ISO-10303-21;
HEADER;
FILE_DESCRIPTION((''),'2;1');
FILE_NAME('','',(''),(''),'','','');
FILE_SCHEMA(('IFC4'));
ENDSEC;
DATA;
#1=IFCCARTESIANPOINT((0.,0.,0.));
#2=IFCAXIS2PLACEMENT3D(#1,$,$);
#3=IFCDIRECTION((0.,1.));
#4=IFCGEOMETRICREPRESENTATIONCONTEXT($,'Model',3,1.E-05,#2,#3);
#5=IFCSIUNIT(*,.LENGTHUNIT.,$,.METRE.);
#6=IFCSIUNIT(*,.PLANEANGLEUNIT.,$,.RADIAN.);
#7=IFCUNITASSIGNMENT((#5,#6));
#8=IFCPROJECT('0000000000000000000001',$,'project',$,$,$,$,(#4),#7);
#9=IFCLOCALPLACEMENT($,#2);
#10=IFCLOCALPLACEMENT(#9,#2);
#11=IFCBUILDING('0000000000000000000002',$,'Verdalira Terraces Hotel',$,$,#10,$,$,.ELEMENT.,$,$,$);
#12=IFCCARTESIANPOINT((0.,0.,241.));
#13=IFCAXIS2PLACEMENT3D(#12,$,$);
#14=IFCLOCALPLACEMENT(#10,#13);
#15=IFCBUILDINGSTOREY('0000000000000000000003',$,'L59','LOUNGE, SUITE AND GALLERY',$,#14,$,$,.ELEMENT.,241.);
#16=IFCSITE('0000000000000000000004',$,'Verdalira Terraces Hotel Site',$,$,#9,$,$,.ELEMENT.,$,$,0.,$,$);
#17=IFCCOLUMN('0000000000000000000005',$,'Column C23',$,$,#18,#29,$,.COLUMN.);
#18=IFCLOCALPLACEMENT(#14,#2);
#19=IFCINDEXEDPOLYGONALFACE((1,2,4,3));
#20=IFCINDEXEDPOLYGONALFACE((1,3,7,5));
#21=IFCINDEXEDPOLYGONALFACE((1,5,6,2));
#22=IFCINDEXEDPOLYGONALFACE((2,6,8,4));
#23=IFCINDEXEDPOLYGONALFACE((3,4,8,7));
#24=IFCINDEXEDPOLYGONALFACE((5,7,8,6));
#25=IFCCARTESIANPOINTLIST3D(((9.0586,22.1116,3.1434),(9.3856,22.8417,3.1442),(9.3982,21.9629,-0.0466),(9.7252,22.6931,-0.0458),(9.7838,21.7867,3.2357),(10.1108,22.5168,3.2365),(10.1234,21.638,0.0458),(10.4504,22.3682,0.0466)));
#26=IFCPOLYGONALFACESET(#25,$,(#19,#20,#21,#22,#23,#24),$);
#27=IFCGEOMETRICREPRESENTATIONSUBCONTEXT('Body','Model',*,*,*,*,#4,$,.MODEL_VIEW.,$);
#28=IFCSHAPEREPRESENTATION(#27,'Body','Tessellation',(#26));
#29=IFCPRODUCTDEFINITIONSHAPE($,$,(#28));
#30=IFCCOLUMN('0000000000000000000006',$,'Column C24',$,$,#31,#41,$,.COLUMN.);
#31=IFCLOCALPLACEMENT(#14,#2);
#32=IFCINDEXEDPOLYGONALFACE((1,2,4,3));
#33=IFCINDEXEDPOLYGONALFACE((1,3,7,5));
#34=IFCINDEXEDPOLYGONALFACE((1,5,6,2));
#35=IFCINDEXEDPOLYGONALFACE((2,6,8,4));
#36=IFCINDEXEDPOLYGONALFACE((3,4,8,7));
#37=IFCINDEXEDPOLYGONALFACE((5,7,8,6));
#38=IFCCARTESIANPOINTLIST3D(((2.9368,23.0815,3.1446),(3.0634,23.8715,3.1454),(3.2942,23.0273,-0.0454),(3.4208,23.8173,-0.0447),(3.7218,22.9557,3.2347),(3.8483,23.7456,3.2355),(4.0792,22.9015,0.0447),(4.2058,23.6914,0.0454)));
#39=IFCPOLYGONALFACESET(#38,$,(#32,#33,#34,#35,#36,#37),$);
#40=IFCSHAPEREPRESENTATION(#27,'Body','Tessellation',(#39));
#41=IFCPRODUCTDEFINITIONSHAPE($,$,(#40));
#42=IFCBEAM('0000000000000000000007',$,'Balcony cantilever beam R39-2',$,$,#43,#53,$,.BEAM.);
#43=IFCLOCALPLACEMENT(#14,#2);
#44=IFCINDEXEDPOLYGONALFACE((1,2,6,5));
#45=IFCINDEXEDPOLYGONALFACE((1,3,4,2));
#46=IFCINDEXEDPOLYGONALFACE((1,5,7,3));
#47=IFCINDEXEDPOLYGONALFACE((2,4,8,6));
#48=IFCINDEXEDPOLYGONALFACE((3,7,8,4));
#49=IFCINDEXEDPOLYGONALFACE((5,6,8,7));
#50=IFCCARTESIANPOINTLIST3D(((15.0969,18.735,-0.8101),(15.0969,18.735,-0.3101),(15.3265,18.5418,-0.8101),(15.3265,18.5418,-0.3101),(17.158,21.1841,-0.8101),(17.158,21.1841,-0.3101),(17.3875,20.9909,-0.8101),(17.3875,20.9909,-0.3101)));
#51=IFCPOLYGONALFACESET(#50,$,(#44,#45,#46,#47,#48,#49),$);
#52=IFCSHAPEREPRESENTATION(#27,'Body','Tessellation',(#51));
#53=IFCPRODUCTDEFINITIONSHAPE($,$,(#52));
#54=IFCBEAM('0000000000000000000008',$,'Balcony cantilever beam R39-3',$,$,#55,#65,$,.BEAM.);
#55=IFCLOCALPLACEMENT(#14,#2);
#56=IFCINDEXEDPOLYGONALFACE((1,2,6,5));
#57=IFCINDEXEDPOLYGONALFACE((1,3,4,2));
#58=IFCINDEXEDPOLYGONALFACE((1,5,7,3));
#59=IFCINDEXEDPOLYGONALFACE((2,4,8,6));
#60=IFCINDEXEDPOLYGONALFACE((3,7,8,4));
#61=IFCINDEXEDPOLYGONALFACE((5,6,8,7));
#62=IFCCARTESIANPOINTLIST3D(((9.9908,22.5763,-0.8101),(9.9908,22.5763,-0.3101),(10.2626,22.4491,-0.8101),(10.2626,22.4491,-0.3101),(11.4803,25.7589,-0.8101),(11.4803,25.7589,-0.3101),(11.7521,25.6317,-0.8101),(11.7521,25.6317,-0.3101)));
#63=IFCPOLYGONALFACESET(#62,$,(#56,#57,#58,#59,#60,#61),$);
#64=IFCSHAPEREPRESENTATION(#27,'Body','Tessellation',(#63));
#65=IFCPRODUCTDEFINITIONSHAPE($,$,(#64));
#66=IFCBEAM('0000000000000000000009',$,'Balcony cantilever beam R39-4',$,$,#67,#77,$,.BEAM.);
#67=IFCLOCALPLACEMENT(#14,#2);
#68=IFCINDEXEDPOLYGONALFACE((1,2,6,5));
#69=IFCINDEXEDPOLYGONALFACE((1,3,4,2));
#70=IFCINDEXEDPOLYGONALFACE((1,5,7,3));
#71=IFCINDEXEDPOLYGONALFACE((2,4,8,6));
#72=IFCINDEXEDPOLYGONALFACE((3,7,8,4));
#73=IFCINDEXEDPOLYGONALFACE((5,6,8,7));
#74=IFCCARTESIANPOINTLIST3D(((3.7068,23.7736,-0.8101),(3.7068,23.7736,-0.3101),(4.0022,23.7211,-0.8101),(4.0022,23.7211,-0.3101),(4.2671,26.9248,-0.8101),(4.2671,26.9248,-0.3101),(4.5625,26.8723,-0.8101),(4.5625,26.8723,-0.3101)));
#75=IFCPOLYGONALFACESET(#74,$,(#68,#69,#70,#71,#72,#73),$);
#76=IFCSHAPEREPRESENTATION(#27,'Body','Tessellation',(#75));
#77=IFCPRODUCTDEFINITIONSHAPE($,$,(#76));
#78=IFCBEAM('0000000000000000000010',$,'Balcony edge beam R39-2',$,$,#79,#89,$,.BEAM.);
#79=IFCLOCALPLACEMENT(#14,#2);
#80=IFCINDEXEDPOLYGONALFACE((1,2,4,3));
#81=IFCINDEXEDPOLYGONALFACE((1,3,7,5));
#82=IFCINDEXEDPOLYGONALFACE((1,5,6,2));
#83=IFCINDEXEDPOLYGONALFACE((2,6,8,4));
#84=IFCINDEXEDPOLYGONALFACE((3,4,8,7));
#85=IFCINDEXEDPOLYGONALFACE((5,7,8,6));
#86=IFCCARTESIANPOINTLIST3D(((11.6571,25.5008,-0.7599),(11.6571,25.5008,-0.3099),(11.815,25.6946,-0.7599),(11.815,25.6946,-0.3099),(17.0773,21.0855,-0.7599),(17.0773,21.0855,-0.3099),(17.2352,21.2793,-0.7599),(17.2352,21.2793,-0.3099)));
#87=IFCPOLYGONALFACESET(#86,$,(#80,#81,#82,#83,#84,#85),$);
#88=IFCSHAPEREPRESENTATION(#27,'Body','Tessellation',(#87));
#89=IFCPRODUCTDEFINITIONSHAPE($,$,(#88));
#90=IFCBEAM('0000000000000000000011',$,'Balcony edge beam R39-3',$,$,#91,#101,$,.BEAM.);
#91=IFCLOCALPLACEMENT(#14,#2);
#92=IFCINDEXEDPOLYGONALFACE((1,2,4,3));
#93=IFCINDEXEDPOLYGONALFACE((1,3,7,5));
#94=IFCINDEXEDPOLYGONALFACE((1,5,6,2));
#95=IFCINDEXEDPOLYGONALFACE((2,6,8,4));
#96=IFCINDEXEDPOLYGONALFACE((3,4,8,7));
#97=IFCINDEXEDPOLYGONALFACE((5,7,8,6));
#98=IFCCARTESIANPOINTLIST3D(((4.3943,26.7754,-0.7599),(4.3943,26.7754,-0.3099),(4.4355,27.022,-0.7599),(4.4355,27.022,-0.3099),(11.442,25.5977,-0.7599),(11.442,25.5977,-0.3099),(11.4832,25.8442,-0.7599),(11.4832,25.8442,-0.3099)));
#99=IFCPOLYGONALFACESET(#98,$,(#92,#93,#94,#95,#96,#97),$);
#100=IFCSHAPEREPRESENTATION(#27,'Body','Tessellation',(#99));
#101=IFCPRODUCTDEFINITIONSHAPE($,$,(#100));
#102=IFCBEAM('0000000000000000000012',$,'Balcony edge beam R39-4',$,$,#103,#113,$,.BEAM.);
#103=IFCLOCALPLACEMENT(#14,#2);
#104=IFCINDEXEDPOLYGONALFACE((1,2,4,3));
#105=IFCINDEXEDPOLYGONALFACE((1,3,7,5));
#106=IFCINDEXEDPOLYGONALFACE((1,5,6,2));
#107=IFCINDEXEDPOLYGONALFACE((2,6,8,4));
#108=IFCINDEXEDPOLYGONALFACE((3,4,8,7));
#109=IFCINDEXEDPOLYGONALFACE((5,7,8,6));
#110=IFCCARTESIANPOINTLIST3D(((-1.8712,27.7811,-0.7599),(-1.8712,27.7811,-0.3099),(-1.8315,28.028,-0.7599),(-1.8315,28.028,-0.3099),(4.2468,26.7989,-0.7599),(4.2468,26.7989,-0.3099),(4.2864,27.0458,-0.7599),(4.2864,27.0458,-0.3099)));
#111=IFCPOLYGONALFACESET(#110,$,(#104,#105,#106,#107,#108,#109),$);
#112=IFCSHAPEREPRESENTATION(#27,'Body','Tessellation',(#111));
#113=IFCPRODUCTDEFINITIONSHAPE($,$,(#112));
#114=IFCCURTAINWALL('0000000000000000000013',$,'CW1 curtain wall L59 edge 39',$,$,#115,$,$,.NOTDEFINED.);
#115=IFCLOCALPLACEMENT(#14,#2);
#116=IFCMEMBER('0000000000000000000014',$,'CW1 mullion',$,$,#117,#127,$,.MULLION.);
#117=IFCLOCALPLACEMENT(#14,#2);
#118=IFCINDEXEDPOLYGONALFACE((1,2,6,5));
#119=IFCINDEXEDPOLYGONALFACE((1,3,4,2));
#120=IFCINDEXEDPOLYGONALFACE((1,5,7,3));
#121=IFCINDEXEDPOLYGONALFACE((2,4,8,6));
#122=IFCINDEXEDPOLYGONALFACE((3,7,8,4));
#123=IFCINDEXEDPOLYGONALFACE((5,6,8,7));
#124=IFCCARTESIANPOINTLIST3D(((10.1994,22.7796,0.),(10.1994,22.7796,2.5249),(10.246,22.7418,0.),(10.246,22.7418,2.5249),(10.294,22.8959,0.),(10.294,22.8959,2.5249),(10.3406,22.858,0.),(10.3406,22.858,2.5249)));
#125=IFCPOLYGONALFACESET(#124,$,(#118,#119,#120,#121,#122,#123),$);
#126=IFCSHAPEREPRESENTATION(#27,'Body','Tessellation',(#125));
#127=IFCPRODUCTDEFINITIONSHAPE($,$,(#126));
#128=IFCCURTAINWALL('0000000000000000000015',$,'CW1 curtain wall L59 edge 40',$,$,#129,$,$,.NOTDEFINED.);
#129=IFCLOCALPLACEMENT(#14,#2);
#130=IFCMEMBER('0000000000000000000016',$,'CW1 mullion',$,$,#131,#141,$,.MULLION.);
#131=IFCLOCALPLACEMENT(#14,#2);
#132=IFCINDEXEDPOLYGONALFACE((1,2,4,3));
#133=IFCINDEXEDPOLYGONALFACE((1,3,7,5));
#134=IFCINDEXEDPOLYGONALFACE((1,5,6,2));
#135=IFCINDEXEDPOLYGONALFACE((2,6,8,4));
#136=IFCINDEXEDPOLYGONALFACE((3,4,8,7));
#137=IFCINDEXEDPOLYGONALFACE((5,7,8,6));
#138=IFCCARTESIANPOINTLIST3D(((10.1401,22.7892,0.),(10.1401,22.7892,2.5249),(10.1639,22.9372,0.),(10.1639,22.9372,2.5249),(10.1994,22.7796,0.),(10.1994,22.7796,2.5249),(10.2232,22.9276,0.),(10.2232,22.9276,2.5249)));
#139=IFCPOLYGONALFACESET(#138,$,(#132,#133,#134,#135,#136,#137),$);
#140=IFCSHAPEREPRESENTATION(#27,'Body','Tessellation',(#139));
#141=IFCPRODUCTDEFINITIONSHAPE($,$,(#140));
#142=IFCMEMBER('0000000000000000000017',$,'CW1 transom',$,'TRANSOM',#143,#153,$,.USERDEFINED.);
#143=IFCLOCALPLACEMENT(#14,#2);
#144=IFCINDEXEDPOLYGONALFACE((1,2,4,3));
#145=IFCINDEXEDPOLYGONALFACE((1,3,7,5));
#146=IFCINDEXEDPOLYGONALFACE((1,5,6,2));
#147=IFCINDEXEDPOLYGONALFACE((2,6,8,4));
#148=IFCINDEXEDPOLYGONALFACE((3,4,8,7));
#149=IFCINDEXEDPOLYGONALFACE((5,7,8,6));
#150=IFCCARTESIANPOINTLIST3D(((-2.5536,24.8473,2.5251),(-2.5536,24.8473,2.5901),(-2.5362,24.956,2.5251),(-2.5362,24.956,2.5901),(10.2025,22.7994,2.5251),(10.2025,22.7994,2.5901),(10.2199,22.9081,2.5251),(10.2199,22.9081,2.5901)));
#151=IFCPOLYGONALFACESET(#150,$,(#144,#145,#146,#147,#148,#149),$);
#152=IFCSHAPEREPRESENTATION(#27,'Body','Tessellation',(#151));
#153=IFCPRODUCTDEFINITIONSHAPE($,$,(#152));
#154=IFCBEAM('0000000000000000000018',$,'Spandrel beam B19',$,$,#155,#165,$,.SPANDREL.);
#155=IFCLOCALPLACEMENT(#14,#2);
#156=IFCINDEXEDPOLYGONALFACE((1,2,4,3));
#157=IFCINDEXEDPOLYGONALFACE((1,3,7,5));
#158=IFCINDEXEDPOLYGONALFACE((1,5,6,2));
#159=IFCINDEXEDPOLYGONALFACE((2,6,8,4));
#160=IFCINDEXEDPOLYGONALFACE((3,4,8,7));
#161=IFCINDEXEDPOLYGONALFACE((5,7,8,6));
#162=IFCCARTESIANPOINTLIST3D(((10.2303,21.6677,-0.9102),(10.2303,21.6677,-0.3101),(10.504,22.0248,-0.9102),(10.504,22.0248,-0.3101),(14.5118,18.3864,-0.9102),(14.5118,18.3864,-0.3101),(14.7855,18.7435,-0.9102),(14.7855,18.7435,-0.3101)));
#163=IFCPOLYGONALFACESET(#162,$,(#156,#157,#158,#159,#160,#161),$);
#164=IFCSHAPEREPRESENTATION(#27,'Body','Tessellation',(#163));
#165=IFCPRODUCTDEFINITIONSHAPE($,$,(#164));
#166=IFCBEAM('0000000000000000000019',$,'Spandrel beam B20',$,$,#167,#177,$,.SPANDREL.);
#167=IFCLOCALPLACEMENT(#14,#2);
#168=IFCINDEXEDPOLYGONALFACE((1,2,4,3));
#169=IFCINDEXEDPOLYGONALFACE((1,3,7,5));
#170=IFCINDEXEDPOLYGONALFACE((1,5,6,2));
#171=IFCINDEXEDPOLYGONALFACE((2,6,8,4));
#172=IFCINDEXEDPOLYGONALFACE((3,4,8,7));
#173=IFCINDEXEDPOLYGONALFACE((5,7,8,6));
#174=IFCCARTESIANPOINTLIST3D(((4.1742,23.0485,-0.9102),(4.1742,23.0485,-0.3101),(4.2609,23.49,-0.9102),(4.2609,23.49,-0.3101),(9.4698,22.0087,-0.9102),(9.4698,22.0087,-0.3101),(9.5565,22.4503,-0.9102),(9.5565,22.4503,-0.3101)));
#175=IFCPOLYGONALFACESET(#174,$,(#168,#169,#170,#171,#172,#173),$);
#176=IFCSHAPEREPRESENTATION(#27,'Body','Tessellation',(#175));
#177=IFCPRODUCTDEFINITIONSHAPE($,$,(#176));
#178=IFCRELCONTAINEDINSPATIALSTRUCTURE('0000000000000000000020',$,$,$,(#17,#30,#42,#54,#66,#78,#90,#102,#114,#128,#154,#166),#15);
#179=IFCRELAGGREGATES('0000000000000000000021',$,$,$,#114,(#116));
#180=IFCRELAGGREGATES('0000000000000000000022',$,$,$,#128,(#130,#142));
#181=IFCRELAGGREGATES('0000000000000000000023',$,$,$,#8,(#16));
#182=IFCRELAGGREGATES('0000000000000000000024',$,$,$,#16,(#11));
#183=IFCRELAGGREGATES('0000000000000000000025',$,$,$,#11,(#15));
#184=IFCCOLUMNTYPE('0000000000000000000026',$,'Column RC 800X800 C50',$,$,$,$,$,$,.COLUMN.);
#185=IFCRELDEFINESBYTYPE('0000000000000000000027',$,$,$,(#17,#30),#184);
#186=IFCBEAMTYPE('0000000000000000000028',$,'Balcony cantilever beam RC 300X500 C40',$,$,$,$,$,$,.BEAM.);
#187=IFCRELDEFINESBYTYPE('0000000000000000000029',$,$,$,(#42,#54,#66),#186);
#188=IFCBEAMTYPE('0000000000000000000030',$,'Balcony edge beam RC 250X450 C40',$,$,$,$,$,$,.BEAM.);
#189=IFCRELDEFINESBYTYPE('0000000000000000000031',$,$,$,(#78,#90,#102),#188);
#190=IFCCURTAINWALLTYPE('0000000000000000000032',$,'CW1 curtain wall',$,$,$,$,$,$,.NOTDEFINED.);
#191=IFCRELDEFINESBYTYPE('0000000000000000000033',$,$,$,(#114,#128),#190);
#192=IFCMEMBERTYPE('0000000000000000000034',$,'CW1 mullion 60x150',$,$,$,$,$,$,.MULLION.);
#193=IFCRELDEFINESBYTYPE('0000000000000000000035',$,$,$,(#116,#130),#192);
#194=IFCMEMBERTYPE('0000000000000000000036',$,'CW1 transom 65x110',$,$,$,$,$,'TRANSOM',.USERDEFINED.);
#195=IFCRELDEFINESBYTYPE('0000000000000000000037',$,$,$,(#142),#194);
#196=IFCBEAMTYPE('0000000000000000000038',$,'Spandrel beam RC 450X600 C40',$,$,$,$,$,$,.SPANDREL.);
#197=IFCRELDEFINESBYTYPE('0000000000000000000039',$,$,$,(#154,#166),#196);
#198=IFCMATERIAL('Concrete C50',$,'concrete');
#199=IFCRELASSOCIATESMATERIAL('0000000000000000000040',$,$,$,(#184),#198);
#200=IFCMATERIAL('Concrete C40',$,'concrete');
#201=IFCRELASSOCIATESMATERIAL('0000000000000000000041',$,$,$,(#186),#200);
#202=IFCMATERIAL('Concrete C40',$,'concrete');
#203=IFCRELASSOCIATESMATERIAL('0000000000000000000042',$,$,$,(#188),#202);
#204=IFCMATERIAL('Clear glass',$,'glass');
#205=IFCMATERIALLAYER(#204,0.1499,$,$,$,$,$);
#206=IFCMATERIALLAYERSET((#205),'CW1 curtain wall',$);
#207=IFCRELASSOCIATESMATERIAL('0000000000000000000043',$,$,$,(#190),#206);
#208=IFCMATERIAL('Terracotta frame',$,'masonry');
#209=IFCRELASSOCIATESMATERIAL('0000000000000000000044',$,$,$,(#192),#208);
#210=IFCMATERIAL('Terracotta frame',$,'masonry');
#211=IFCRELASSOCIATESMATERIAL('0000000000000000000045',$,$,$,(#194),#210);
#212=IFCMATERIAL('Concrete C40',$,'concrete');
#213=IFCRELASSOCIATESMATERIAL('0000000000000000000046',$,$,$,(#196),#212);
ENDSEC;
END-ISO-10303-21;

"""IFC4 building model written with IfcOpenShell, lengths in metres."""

from ifc_helpers import new_model, si_unit, direction, frame, origin, origin_2d, place, context, subcontext, project, spatial, rectangle, extrude, material, layer, layer_set, material_profile, profile_set, type_object, element, aggregate, save


model = new_model("IFC4")

# Units and contexts
model_context = context("Model", 3, precision=1e-05, world=origin(), true_north=direction((0.0, 1.0)))
body_context = subcontext(model_context, "Body", "Model", "MODEL_VIEW")
ifc_project = project(units=[si_unit("LENGTHUNIT", "METRE"), si_unit("PLANEANGLEUNIT", "RADIAN")], contexts=[model_context])

# Site, building, storey
site_placement = place(None, origin())
site = spatial("IfcSite", under=ifc_project, at=site_placement, Name="Verdalira Terraces Hotel Site", CompositionType="ELEMENT", RefElevation=0.0)
building_placement = place(site_placement, origin())
building = spatial("IfcBuilding", under=site, at=building_placement, Name="Verdalira Terraces Hotel", CompositionType="ELEMENT")
storey_placement = place(building_placement, frame((0.0, 0.0, 241.0)))
storey = spatial("IfcBuildingStorey", under=building, at=storey_placement, Name="L59", Description="LOUNGE, SUITE AND GALLERY", CompositionType="ELEMENT", Elevation=241.0)

# Columns
ifc_material_1 = material(Name="Concrete C50", Category="concrete")
ifc_material_profile_1 = material_profile(ifc_material_1, rectangle(XDim=0.8, YDim=0.8, at=origin_2d()), Name="RC 800X800")
ifc_profile_set_1 = profile_set([ifc_material_profile_1], Name="Concrete C50")
column_type = type_object("IfcColumnType", Name="Column RC 800X800 C50", PredefinedType="COLUMN", material=ifc_profile_set_1)
column_1_placement = place(storey_placement, frame((9.9243, 22.1655, 0.0), z_axis=(-0.105748, 0.046298, 0.993315), x_axis=(0.906513, -0.406091, 0.115435)))
element("IfcColumn", 1, at=column_1_placement, inside=storey, type_object=column_type, Name="Column C23", PredefinedType="COLUMN", context=body_context, shape_type="SweptSolid", body=[
    extrude(rectangle(XDim=0.8, YDim=0.8, at=origin_2d()), origin(), (0.0, 0.0, 1.0), 3.2114),
])
column_2_placement = place(storey_placement, frame((3.75, 23.3594, 0.0), z_axis=(-0.111334, 0.016883, 0.99364), x_axis=(-0.98111, 0.157303, -0.112603)))
element("IfcColumn", 2, at=column_2_placement, inside=storey, type_object=column_type, Name="Column C24", PredefinedType="COLUMN", context=body_context, shape_type="SweptSolid", body=[
    extrude(rectangle(XDim=0.8, YDim=0.8, at=origin_2d()), origin(), (0.0, 0.0, 1.0), 3.2104),
])

# Beams
ifc_material_2 = material(Name="Concrete C40", Category="concrete")
ifc_material_profile_2 = material_profile(ifc_material_2, rectangle(XDim=0.3, YDim=0.5, at=origin_2d()), Name="RC 300X500")
ifc_profile_set_2 = profile_set([ifc_material_profile_2], Name="Concrete C40")
beam_type_1 = type_object("IfcBeamType", Name="Balcony cantilever beam RC 300X500 C40", PredefinedType="BEAM", material=ifc_profile_set_2)
beam_1_placement = place(storey_placement, frame((15.2117, 18.6384, -0.5601), z_axis=(0.643906, 0.765105, 0.0), x_axis=(-0.765105, 0.643906, 0.0)))
element("IfcBeam", 3, at=beam_1_placement, inside=storey, type_object=beam_type_1, Name="Balcony cantilever beam R39-2", PredefinedType="BEAM", context=body_context, shape_type="SweptSolid", body=[
    extrude(rectangle(XDim=0.3, YDim=0.5, at=origin_2d()), origin(), (0.0, 0.0, 1.0), 3.2009),
])
beam_2_placement = place(storey_placement, frame((10.1267, 22.5127, -0.5601), z_axis=(0.423886, 0.905716, 0.0), x_axis=(-0.905716, 0.423886, 0.0)))
element("IfcBeam", 4, at=beam_2_placement, inside=storey, type_object=beam_type_1, Name="Balcony cantilever beam R39-3", PredefinedType="BEAM", context=body_context, shape_type="SweptSolid", body=[
    extrude(rectangle(XDim=0.3, YDim=0.5, at=origin_2d()), origin(), (0.0, 0.0, 1.0), 3.5139),
])
beam_3_placement = place(storey_placement, frame((3.8545, 23.7473, -0.5601), z_axis=(0.175051, 0.984559, 0.0), x_axis=(-0.984559, 0.175051, 0.0)))
element("IfcBeam", 5, at=beam_3_placement, inside=storey, type_object=beam_type_1, Name="Balcony cantilever beam R39-4", PredefinedType="BEAM", context=body_context, shape_type="SweptSolid", body=[
    extrude(rectangle(XDim=0.3, YDim=0.5, at=origin_2d()), origin(), (0.0, 0.0, 1.0), 3.2007),
])
ifc_material_3 = material(Name="Concrete C40", Category="concrete")
ifc_material_profile_3 = material_profile(ifc_material_3, rectangle(XDim=0.25, YDim=0.45, at=origin_2d()), Name="RC 250X450")
ifc_profile_set_3 = profile_set([ifc_material_profile_3], Name="Concrete C40")
beam_type_2 = type_object("IfcBeamType", Name="Balcony edge beam RC 250X450 C40", PredefinedType="BEAM", material=ifc_profile_set_3)
beam_4_placement = place(storey_placement, frame((17.1562, 21.1824, -0.5349), z_axis=(-0.775315, 0.631574, 0.0), x_axis=(-0.631574, -0.775315, 0.0)))
element("IfcBeam", 6, at=beam_4_placement, inside=storey, type_object=beam_type_2, Name="Balcony edge beam R39-2", PredefinedType="BEAM", context=body_context, shape_type="SweptSolid", body=[
    extrude(rectangle(XDim=0.25, YDim=0.45, at=origin_2d()), origin(), (0.0, 0.0, 1.0), 6.991),
])
beam_5_placement = place(storey_placement, frame((11.4626, 25.7209, -0.5349), z_axis=(-0.986324, 0.16482, 0.0), x_axis=(-0.16482, -0.986324, 0.0)))
element("IfcBeam", 7, at=beam_5_placement, inside=storey, type_object=beam_type_2, Name="Balcony edge beam R39-3", PredefinedType="BEAM", context=body_context, shape_type="SweptSolid", body=[
    extrude(rectangle(XDim=0.25, YDim=0.45, at=origin_2d()), origin(), (0.0, 0.0, 1.0), 7.1455),
])
beam_6_placement = place(storey_placement, frame((4.2666, 26.9224, -0.5349), z_axis=(-0.987357, 0.158511, 0.0), x_axis=(-0.158511, -0.987357, 0.0)))
element("IfcBeam", 8, at=beam_6_placement, inside=storey, type_object=beam_type_2, Name="Balcony edge beam R39-4", PredefinedType="BEAM", context=body_context, shape_type="SweptSolid", body=[
    extrude(rectangle(XDim=0.25, YDim=0.45, at=origin_2d()), origin(), (0.0, 0.0, 1.0), 6.1963),
])

# Curtain wall, member
ifc_material_4 = material(Name="Clear glass", Category="glass")
ifc_layer_1 = layer(ifc_material_4, 0.1499)
ifc_layer_set_1 = layer_set([ifc_layer_1], Name="CW1 curtain wall")
curtain_wall_type = type_object("IfcCurtainWallType", Name="CW1 curtain wall", PredefinedType="NOTDEFINED", material=ifc_layer_set_1)
curtain_wall_1_placement = place(storey_placement, origin())
curtain_wall_1 = element("IfcCurtainWall", 9, at=curtain_wall_1_placement, inside=storey, type_object=curtain_wall_type, Name="CW1 curtain wall L59 edge 39", PredefinedType="NOTDEFINED")
ifc_material_5 = material(Name="Terracotta frame", Category="masonry")
ifc_material_profile_4 = material_profile(ifc_material_5, rectangle(XDim=0.0601, YDim=0.1499, at=origin_2d()), Name="MU 60x150")
ifc_profile_set_4 = profile_set([ifc_material_profile_4], Name="Terracotta frame")
member_type_1 = type_object("IfcMemberType", Name="CW1 mullion 60x150", PredefinedType="MULLION", material=ifc_profile_set_4)
member_1_placement = place(storey_placement, frame((10.27, 22.8188, 0.0), z_axis=(0.0, 0.0, 1.0), x_axis=(-0.775826, 0.630947, 0.0)))
member_1 = element("IfcMember", 10, at=member_1_placement, type_object=member_type_1, Name="CW1 mullion", PredefinedType="MULLION", context=body_context, shape_type="SweptSolid", body=[
    extrude(rectangle(XDim=0.0601, YDim=0.1499, at=origin_2d()), origin(), (0.0, 0.0, 1.0), 2.5249),
])

# Curtain wall, members
curtain_wall_2_placement = place(storey_placement, origin())
curtain_wall_2 = element("IfcCurtainWall", 11, at=curtain_wall_2_placement, inside=storey, type_object=curtain_wall_type, Name="CW1 curtain wall L59 edge 40", PredefinedType="NOTDEFINED")
member_2_placement = place(storey_placement, frame((10.1816, 22.8584, 0.0), z_axis=(0.0, 0.0, 1.0), x_axis=(-0.987359, 0.158503, 0.0)))
member_2 = element("IfcMember", 12, at=member_2_placement, type_object=member_type_1, Name="CW1 mullion", PredefinedType="MULLION", context=body_context, shape_type="SweptSolid", body=[
    extrude(rectangle(XDim=0.0601, YDim=0.1499, at=origin_2d()), origin(), (0.0, 0.0, 1.0), 2.5249),
])
ifc_material_6 = material(Name="Terracotta frame", Category="masonry")
ifc_material_profile_5 = material_profile(ifc_material_6, rectangle(XDim=0.1101, YDim=0.0649, at=origin_2d()), Name="TR 65x110")
ifc_profile_set_5 = profile_set([ifc_material_profile_5], Name="Terracotta frame")
member_type_2 = type_object("IfcMemberType", Name="CW1 transom 65x110", ElementType="TRANSOM", PredefinedType="USERDEFINED", material=ifc_profile_set_5)
member_3_placement = place(storey_placement, frame((10.2112, 22.8538, 2.5576), z_axis=(-0.987357, 0.158509, 0.0), x_axis=(-0.158509, -0.987357, 0.0)))
member_3 = element("IfcMember", 13, at=member_3_placement, type_object=member_type_2, Name="CW1 transom", ObjectType="TRANSOM", PredefinedType="USERDEFINED", context=body_context, shape_type="SweptSolid", body=[
    extrude(rectangle(XDim=0.1101, YDim=0.0649, at=origin_2d()), origin(), (0.0, 0.0, 1.0), 12.9194),
])

# Beams
ifc_material_7 = material(Name="Concrete C40", Category="concrete")
ifc_material_profile_6 = material_profile(ifc_material_7, rectangle(XDim=0.45, YDim=0.6001, at=origin_2d()), Name="RC 450X600")
ifc_profile_set_6 = profile_set([ifc_material_profile_6], Name="Concrete C40")
beam_type_3 = type_object("IfcBeamType", Name="Spandrel beam RC 450X600 C40", PredefinedType="SPANDREL", material=ifc_profile_set_6)
beam_7_placement = place(storey_placement, frame((14.6487, 18.5649, -0.6101), z_axis=(-0.793716, 0.608288, 0.0), x_axis=(-0.608288, -0.793716, 0.0)))
element("IfcBeam", 14, at=beam_7_placement, inside=storey, type_object=beam_type_3, Name="Spandrel beam B19", PredefinedType="SPANDREL", context=body_context, shape_type="SweptSolid", body=[
    extrude(rectangle(XDim=0.45, YDim=0.6001, at=origin_2d()), origin(), (0.0, 0.0, 1.0), 5.3943),
])
beam_8_placement = place(storey_placement, frame((9.5132, 22.2295, -0.6101), z_axis=(-0.981264, 0.19267, 0.0), x_axis=(-0.19267, -0.981264, 0.0)))
element("IfcBeam", 15, at=beam_8_placement, inside=storey, type_object=beam_type_3, Name="Spandrel beam B20", PredefinedType="SPANDREL", context=body_context, shape_type="SweptSolid", body=[
    extrude(rectangle(XDim=0.45, YDim=0.6001, at=origin_2d()), origin(), (0.0, 0.0, 1.0), 5.3967),
])

aggregate(curtain_wall_1, [member_1])
aggregate(curtain_wall_2, [member_2, member_3])

save(model, "model.ifc")
